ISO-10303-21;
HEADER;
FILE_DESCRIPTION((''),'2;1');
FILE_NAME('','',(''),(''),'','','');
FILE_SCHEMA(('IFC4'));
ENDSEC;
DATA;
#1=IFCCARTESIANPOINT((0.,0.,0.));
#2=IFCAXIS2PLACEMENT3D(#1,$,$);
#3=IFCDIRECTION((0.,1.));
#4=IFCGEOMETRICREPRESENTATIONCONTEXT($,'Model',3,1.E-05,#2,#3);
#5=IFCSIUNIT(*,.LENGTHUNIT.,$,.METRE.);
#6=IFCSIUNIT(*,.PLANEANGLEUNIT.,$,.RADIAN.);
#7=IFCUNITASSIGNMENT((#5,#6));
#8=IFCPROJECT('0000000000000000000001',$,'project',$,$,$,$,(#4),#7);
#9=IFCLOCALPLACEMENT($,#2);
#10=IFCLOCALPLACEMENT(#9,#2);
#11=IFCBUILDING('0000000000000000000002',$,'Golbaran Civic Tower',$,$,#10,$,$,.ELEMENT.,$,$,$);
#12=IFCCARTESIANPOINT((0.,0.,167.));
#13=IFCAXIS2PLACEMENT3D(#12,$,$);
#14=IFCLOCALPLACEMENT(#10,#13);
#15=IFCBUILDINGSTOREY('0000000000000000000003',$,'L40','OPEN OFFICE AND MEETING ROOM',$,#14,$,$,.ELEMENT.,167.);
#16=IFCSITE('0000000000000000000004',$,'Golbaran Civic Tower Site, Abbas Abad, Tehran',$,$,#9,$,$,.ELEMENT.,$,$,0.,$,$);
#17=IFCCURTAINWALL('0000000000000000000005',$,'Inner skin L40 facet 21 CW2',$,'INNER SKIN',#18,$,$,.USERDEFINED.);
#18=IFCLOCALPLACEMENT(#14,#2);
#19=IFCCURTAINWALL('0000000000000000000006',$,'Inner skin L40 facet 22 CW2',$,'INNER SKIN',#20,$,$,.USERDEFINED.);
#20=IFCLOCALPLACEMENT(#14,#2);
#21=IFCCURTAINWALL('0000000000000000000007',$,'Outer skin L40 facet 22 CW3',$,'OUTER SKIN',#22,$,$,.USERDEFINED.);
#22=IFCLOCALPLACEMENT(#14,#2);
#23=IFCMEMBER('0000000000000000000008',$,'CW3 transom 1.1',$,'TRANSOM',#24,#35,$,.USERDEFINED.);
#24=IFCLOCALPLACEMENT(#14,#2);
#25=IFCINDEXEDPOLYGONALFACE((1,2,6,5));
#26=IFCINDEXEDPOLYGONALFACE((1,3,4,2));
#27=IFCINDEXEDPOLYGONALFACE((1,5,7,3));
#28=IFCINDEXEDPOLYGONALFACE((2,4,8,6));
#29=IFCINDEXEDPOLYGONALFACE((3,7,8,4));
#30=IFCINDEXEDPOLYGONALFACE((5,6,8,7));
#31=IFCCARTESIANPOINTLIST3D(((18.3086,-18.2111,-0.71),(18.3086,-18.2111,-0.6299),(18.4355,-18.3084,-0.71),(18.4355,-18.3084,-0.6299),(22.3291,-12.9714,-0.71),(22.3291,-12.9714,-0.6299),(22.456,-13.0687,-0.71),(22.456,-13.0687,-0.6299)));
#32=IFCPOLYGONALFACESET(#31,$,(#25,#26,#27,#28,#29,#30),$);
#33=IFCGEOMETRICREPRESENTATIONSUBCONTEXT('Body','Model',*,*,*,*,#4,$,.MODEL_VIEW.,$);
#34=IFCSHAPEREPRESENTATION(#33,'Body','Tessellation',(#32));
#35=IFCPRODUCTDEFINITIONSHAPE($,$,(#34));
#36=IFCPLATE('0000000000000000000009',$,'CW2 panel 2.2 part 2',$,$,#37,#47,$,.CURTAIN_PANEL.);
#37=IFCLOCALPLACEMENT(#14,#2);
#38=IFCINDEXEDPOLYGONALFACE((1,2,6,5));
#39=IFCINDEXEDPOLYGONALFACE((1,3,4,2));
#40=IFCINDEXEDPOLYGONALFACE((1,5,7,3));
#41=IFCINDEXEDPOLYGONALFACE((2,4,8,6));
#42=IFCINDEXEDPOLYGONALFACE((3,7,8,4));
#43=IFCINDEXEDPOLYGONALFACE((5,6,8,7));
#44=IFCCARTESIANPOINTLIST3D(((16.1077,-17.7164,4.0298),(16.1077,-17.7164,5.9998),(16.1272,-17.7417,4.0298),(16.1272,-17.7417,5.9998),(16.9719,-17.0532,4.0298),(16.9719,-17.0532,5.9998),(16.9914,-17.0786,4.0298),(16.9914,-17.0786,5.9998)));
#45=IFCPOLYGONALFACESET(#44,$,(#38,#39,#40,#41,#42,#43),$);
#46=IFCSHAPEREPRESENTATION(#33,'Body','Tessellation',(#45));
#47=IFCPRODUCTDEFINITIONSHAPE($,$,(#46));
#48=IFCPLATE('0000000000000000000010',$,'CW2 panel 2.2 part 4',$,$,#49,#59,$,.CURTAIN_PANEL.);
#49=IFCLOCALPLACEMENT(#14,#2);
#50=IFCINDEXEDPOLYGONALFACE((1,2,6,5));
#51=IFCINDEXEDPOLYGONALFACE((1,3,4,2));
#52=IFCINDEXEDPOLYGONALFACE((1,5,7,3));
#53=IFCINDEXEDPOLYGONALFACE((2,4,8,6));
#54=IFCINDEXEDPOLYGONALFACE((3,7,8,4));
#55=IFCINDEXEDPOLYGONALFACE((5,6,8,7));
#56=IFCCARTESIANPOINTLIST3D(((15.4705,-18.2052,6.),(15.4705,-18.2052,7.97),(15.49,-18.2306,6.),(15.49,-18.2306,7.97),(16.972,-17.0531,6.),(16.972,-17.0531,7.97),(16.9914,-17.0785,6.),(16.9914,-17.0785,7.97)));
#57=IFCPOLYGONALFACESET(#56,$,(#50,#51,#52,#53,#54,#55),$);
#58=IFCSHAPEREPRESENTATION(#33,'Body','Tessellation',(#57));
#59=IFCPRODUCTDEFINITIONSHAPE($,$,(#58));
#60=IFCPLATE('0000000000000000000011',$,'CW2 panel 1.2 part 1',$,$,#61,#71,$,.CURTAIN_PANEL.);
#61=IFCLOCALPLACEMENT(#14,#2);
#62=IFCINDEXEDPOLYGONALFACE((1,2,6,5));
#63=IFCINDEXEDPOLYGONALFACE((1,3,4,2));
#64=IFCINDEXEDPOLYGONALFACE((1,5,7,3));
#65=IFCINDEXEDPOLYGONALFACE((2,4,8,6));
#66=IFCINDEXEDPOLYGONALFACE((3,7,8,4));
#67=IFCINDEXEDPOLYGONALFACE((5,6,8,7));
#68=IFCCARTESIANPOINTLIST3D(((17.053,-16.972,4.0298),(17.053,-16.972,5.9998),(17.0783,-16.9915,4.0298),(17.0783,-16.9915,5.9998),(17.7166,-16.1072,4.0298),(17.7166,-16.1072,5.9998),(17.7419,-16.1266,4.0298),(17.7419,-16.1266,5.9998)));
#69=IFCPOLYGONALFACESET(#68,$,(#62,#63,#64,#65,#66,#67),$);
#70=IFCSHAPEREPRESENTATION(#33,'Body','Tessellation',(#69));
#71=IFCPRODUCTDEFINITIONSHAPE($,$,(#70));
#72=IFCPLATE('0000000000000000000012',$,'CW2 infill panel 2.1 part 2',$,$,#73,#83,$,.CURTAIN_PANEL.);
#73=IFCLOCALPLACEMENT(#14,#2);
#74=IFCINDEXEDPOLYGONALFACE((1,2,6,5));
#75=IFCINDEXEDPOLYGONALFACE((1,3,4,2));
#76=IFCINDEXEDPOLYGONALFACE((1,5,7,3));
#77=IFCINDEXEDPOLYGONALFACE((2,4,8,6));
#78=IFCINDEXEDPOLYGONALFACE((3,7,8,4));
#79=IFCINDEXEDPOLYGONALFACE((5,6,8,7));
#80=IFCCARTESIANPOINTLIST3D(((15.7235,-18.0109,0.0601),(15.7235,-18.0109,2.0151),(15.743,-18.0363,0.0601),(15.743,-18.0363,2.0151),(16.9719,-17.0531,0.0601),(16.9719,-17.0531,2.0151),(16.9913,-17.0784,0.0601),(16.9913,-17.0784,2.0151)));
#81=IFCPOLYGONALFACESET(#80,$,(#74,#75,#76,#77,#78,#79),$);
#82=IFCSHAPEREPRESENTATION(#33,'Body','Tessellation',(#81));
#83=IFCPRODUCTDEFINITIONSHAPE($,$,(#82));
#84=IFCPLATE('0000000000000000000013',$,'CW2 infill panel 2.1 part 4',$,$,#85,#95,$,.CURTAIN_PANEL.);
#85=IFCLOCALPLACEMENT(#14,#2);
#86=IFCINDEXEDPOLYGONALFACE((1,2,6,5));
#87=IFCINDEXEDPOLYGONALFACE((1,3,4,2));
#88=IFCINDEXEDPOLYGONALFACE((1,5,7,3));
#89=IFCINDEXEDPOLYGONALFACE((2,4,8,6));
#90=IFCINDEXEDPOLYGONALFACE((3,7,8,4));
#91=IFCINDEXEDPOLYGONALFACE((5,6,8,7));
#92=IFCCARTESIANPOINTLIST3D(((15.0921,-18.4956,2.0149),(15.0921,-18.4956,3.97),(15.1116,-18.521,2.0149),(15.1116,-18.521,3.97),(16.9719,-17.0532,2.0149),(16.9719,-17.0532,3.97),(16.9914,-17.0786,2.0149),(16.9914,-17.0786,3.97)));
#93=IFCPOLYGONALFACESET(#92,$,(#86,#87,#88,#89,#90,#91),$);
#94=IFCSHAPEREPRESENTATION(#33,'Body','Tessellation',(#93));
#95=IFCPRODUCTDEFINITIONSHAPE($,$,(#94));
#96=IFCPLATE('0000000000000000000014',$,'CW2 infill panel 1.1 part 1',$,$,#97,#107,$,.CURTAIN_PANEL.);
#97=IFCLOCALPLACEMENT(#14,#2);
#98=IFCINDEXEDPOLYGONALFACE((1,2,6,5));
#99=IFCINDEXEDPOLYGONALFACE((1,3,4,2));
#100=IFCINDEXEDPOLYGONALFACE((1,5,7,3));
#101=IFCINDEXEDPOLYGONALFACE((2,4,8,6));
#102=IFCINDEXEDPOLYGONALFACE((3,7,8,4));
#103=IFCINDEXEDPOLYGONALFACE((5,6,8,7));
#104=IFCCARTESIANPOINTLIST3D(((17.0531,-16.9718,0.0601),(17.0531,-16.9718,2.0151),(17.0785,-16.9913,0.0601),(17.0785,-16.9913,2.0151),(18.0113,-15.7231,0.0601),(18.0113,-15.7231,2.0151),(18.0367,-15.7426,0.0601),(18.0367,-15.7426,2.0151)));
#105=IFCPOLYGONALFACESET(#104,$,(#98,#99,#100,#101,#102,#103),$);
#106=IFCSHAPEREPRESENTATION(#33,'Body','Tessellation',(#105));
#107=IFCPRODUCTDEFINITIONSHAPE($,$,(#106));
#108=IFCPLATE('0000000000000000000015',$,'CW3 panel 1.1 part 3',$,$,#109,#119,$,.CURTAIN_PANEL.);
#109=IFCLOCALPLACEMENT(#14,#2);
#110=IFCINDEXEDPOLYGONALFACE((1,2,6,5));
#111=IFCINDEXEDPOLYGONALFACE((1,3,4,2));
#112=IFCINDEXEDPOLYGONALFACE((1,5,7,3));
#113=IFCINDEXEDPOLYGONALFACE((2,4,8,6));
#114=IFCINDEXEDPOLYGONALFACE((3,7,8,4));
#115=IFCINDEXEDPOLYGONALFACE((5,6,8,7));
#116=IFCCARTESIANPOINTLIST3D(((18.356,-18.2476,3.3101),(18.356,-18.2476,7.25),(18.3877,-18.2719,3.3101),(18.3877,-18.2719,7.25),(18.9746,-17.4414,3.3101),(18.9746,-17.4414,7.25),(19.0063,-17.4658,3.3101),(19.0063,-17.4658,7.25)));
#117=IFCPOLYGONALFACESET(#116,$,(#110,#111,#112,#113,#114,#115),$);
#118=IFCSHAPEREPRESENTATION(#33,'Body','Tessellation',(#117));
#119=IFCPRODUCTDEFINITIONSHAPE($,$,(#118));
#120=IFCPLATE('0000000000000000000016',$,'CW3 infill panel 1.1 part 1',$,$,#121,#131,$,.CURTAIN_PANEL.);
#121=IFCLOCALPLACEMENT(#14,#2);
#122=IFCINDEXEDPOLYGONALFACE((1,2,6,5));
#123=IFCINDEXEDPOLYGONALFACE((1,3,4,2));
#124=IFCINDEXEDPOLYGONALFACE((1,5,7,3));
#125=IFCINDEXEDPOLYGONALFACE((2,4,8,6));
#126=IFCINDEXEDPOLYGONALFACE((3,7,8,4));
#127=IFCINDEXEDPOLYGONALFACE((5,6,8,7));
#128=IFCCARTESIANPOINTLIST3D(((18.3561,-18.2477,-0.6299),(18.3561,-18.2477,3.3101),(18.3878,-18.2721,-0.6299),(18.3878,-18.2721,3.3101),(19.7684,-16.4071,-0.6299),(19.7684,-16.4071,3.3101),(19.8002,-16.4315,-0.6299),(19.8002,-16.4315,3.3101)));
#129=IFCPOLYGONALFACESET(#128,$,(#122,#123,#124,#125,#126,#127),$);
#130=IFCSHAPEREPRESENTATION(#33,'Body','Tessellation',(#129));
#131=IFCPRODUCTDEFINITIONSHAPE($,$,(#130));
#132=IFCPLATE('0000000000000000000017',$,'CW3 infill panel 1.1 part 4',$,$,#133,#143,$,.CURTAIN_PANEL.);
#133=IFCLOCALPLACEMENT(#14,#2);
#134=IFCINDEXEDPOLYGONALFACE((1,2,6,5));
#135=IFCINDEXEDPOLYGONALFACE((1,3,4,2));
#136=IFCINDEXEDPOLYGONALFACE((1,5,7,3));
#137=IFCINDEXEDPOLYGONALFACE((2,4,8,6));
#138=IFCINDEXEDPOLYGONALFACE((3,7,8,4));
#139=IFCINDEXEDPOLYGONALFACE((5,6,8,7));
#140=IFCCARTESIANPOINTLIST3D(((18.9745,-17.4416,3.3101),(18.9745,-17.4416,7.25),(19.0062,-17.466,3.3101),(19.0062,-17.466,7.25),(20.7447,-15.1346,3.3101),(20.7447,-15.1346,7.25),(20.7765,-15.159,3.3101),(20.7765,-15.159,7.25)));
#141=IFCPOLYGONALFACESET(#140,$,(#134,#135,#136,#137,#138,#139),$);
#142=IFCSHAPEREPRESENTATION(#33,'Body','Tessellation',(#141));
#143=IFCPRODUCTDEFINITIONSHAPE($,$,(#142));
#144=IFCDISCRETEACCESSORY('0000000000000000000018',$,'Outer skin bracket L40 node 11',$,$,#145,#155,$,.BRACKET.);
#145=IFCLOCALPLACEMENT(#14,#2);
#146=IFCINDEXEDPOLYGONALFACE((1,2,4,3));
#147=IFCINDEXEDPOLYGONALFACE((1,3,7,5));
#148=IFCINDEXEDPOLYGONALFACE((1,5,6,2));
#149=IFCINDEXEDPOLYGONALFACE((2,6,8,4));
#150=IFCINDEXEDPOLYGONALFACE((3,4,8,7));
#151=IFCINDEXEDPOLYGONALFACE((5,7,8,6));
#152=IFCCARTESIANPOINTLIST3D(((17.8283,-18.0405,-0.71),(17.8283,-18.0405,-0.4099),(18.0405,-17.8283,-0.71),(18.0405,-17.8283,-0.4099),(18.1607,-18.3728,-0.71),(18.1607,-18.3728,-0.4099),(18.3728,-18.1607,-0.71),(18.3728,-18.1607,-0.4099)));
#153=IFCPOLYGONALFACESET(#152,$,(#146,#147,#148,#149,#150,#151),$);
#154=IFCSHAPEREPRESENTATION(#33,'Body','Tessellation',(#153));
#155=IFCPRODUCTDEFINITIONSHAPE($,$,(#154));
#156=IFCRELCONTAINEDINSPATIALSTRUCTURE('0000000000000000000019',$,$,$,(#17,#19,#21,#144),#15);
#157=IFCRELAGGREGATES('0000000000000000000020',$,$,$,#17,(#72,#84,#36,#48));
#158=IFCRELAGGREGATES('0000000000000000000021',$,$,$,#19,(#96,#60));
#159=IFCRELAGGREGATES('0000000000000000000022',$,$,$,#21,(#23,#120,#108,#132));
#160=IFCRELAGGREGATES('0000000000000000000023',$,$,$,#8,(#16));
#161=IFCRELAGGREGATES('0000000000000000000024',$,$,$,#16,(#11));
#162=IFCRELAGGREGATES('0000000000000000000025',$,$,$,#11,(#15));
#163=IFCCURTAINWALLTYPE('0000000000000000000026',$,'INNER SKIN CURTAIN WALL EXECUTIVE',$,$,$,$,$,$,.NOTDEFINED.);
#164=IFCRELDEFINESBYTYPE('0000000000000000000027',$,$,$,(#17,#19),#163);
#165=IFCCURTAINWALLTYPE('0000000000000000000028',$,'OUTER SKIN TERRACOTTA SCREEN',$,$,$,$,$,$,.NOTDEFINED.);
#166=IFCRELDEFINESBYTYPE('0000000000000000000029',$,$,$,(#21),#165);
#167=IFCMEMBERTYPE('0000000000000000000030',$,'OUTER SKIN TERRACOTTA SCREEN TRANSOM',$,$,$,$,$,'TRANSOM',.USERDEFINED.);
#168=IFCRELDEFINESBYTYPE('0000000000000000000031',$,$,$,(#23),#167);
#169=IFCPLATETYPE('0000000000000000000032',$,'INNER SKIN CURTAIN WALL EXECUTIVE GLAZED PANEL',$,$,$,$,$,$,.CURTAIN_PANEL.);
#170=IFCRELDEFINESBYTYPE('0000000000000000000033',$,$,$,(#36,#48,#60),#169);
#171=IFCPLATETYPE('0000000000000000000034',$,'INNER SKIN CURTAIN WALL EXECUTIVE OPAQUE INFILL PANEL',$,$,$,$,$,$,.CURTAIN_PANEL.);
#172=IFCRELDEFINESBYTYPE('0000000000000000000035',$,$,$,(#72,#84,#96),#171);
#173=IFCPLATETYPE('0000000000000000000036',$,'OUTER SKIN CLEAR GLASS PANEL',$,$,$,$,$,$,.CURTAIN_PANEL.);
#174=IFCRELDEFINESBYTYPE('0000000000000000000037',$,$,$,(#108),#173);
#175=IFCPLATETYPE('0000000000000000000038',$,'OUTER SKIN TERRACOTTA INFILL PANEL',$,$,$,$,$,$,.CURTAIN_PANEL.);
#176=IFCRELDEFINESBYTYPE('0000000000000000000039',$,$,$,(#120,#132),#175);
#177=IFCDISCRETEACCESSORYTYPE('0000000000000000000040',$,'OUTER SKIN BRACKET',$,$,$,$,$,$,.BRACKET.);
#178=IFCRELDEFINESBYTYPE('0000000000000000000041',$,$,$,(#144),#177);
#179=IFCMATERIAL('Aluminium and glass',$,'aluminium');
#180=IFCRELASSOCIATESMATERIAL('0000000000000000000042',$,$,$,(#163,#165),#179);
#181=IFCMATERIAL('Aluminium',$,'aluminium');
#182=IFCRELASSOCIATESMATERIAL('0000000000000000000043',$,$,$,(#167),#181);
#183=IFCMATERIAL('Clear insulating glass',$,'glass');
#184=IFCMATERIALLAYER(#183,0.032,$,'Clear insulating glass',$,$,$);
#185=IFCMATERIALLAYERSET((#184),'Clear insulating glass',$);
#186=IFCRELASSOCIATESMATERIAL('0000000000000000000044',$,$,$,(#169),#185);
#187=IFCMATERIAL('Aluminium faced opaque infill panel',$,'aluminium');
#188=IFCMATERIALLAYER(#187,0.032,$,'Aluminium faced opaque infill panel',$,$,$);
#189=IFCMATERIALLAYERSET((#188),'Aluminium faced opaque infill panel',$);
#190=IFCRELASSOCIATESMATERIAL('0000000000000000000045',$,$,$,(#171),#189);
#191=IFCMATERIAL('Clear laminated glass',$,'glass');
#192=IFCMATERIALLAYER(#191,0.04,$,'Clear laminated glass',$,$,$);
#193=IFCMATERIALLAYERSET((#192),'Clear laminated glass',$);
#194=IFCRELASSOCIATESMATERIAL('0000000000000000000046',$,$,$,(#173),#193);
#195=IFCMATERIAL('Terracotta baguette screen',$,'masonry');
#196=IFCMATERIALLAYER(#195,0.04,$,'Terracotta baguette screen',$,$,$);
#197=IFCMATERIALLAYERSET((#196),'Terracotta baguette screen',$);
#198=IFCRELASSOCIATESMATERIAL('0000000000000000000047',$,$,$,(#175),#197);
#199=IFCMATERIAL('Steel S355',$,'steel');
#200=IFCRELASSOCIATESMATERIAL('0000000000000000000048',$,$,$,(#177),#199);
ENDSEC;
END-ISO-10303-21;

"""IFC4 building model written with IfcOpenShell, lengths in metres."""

from ifc_helpers import new_model, si_unit, direction, frame, origin, origin_2d, place, context, subcontext, project, spatial, rectangle, extrude, material, layer, layer_set, material_profile, profile_set, type_object, element, aggregate, save


model = new_model("IFC4")

# Units and contexts
model_context = context("Model", 3, precision=1e-05, world=origin(), true_north=direction((0.0, 1.0)))
body_context = subcontext(model_context, "Body", "Model", "MODEL_VIEW")
ifc_project = project(units=[si_unit("LENGTHUNIT", "METRE"), si_unit("PLANEANGLEUNIT", "RADIAN")], contexts=[model_context])

# Site, building, storey
site_placement = place(None, origin())
site = spatial("IfcSite", under=ifc_project, at=site_placement, Name="Golbaran Civic Tower Site, Abbas Abad, Tehran", CompositionType="ELEMENT", RefElevation=0.0)
building_placement = place(site_placement, origin())
building = spatial("IfcBuilding", under=site, at=building_placement, Name="Golbaran Civic Tower", CompositionType="ELEMENT")
storey_placement = place(building_placement, frame((0.0, 0.0, 167.0)))
storey = spatial("IfcBuildingStorey", under=building, at=storey_placement, Name="L40", Description="OPEN OFFICE AND MEETING ROOM", CompositionType="ELEMENT", Elevation=167.0)

# Shared definitions
ifc_material_1 = material(Name="Steel S355", Category="steel")

# Curtain wall
ifc_material_2 = material(Name="Aluminium and glass", Category="aluminium")
curtain_wall_type_1 = type_object("IfcCurtainWallType", Name="INNER SKIN CURTAIN WALL EXECUTIVE", PredefinedType="NOTDEFINED", material=ifc_material_2)
curtain_wall_1_placement = place(storey_placement, origin())
curtain_wall_1 = element("IfcCurtainWall", 1, at=curtain_wall_1_placement, inside=storey, type_object=curtain_wall_type_1, Name="Inner skin L40 facet 21 CW2", ObjectType="INNER SKIN", PredefinedType="USERDEFINED")
ifc_material_3 = material(Name="Aluminium", Category="aluminium")

# Curtain wall
curtain_wall_2_placement = place(storey_placement, origin())
curtain_wall_2 = element("IfcCurtainWall", 2, at=curtain_wall_2_placement, inside=storey, type_object=curtain_wall_type_1, Name="Inner skin L40 facet 22 CW2", ObjectType="INNER SKIN", PredefinedType="USERDEFINED")

# Shared definitions
curtain_wall_type_2 = type_object("IfcCurtainWallType", Name="OUTER SKIN TERRACOTTA SCREEN", PredefinedType="NOTDEFINED", material=ifc_material_2)

# Curtain wall, member
curtain_wall_3_placement = place(storey_placement, origin())
curtain_wall_3 = element("IfcCurtainWall", 3, at=curtain_wall_3_placement, inside=storey, type_object=curtain_wall_type_2, Name="Outer skin L40 facet 22 CW3", ObjectType="OUTER SKIN", PredefinedType="USERDEFINED")
ifc_material_profile_1 = material_profile(ifc_material_3, rectangle(XDim=0.1599, YDim=0.0801, at=origin_2d()), Name="OUTER SKIN TERRACOTTA SCREEN TRANSOM")
ifc_profile_set_1 = profile_set([ifc_material_profile_1], Name="Aluminium")
member_type_1 = type_object("IfcMemberType", Name="OUTER SKIN TERRACOTTA SCREEN TRANSOM", ElementType="TRANSOM", PredefinedType="USERDEFINED", material=ifc_profile_set_1)
member_1_placement = place(storey_placement, frame((18.3721, -18.2598, -0.6699), z_axis=(0.608753, 0.79336, 0.0), x_axis=(-0.79336, 0.608753, 0.0)))
member_1 = element("IfcMember", 4, at=member_1_placement, type_object=member_type_1, Name="CW3 transom 1.1", ObjectType="TRANSOM", PredefinedType="USERDEFINED", context=body_context, shape_type="SweptSolid", body=[
    extrude(rectangle(XDim=0.1599, YDim=0.0801, at=origin_2d()), origin(), (0.0, 0.0, 1.0), 6.6045),
])

# Plates
ifc_material_4 = material(Name="Clear insulating glass", Category="glass")
ifc_layer_1 = layer(ifc_material_4, 0.032, Name="Clear insulating glass")
ifc_layer_set_1 = layer_set([ifc_layer_1], Name="Clear insulating glass")
plate_type_1 = type_object("IfcPlateType", Name="INNER SKIN CURTAIN WALL EXECUTIVE GLAZED PANEL", PredefinedType="CURTAIN_PANEL", material=ifc_layer_set_1)
plate_1_placement = place(storey_placement, frame((16.5496, -17.3975, 4.0298), z_axis=(0.0, 0.0, 1.0), x_axis=(0.793353, 0.608761, 0.0)))
plate_1 = element("IfcPlate", 5, at=plate_1_placement, type_object=plate_type_1, Name="CW2 panel 2.2 part 2", PredefinedType="CURTAIN_PANEL", context=body_context, shape_type="SweptSolid", body=[
    extrude(rectangle(XDim=1.0894, YDim=0.032, at=origin_2d()), origin(), (0.0, 0.0, 1.0), 1.97),
])
plate_2_placement = place(storey_placement, frame((16.231, -17.6418, 6.0), z_axis=(0.0, 0.0, 1.0), x_axis=(0.793353, 0.608761, 0.0)))
plate_2 = element("IfcPlate", 6, at=plate_2_placement, type_object=plate_type_1, Name="CW2 panel 2.2 part 4", PredefinedType="CURTAIN_PANEL", context=body_context, shape_type="SweptSolid", body=[
    extrude(rectangle(XDim=1.8926, YDim=0.032, at=origin_2d()), origin(), (0.0, 0.0, 1.0), 1.97),
])
plate_3_placement = place(storey_placement, frame((17.3975, -16.5493, 4.0298), z_axis=(0.0, 0.0, 1.0), x_axis=(0.608761, 0.793353, 0.0)))
plate_3 = element("IfcPlate", 7, at=plate_3_placement, type_object=plate_type_1, Name="CW2 panel 1.2 part 1", PredefinedType="CURTAIN_PANEL", context=body_context, shape_type="SweptSolid", body=[
    extrude(rectangle(XDim=1.0901, YDim=0.032, at=origin_2d()), origin(), (0.0, 0.0, 1.0), 1.97),
])
ifc_material_5 = material(Name="Aluminium faced opaque infill panel", Category="aluminium")
ifc_layer_2 = layer(ifc_material_5, 0.032, Name="Aluminium faced opaque infill panel")
ifc_layer_set_2 = layer_set([ifc_layer_2], Name="Aluminium faced opaque infill panel")
plate_type_2 = type_object("IfcPlateType", Name="INNER SKIN CURTAIN WALL EXECUTIVE OPAQUE INFILL PANEL", PredefinedType="CURTAIN_PANEL", material=ifc_layer_set_2)
plate_4_placement = place(storey_placement, frame((16.3574, -17.5447, 0.0601), z_axis=(0.0, 0.0, 1.0), x_axis=(0.793353, 0.608761, 0.0)))
plate_4 = element("IfcPlate", 8, at=plate_4_placement, type_object=plate_type_2, Name="CW2 infill panel 2.1 part 2", PredefinedType="CURTAIN_PANEL", context=body_context, shape_type="SweptSolid", body=[
    extrude(rectangle(XDim=1.5735, YDim=0.032, at=origin_2d()), origin(), (0.0, 0.0, 1.0), 1.9551),
])
plate_5_placement = place(storey_placement, frame((16.0417, -17.7871, 2.0149), z_axis=(0.0, 0.0, 1.0), x_axis=(0.793353, 0.608761, 0.0)))
plate_5 = element("IfcPlate", 9, at=plate_5_placement, type_object=plate_type_2, Name="CW2 infill panel 2.1 part 4", PredefinedType="CURTAIN_PANEL", context=body_context, shape_type="SweptSolid", body=[
    extrude(rectangle(XDim=2.3694, YDim=0.032, at=origin_2d()), origin(), (0.0, 0.0, 1.0), 1.9551),
])
aggregate(curtain_wall_1, [plate_4, plate_5, plate_1, plate_2])
plate_6_placement = place(storey_placement, frame((17.5449, -16.3572, 0.0601), z_axis=(0.0, 0.0, 1.0), x_axis=(0.608761, 0.793353, 0.0)))
plate_6 = element("IfcPlate", 10, at=plate_6_placement, type_object=plate_type_2, Name="CW2 infill panel 1.1 part 1", PredefinedType="CURTAIN_PANEL", context=body_context, shape_type="SweptSolid", body=[
    extrude(rectangle(XDim=1.574, YDim=0.032, at=origin_2d()), origin(), (0.0, 0.0, 1.0), 1.9551),
])
aggregate(curtain_wall_2, [plate_6, plate_3])
ifc_material_6 = material(Name="Clear laminated glass", Category="glass")
ifc_layer_3 = layer(ifc_material_6, 0.04, Name="Clear laminated glass")
ifc_layer_set_3 = layer_set([ifc_layer_3], Name="Clear laminated glass")
plate_type_3 = type_object("IfcPlateType", Name="OUTER SKIN CLEAR GLASS PANEL", PredefinedType="CURTAIN_PANEL", material=ifc_layer_set_3)
plate_7_placement = place(storey_placement, frame((18.6812, -17.8567, 3.3101), z_axis=(0.0, 0.0, 1.0), x_axis=(0.608761, 0.793353, 0.0)))
plate_7 = element("IfcPlate", 11, at=plate_7_placement, type_object=plate_type_3, Name="CW3 panel 1.1 part 3", PredefinedType="CURTAIN_PANEL", context=body_context, shape_type="SweptSolid", body=[
    extrude(rectangle(XDim=1.0161, YDim=0.04, at=origin_2d()), origin(), (0.0, 0.0, 1.0), 3.9399),
])
ifc_material_7 = material(Name="Terracotta baguette screen", Category="masonry")
ifc_layer_4 = layer(ifc_material_7, 0.04, Name="Terracotta baguette screen")
ifc_layer_set_4 = layer_set([ifc_layer_4], Name="Terracotta baguette screen")
plate_type_4 = type_object("IfcPlateType", Name="OUTER SKIN TERRACOTTA INFILL PANEL", PredefinedType="CURTAIN_PANEL", material=ifc_layer_set_4)
plate_8_placement = place(storey_placement, frame((19.0781, -17.3396, -0.6299), z_axis=(0.0, 0.0, 1.0), x_axis=(0.608761, 0.793353, 0.0)))
plate_8 = element("IfcPlate", 12, at=plate_8_placement, type_object=plate_type_4, Name="CW3 infill panel 1.1 part 1", PredefinedType="CURTAIN_PANEL", context=body_context, shape_type="SweptSolid", body=[
    extrude(rectangle(XDim=2.3201, YDim=0.04, at=origin_2d()), origin(), (0.0, 0.0, 1.0), 3.9399),
])
plate_9_placement = place(storey_placement, frame((19.8755, -16.3003, 3.3101), z_axis=(0.0, 0.0, 1.0), x_axis=(0.608761, 0.793353, 0.0)))
plate_9 = element("IfcPlate", 13, at=plate_9_placement, type_object=plate_type_4, Name="CW3 infill panel 1.1 part 4", PredefinedType="CURTAIN_PANEL", context=body_context, shape_type="SweptSolid", body=[
    extrude(rectangle(XDim=2.908, YDim=0.04, at=origin_2d()), origin(), (0.0, 0.0, 1.0), 3.9399),
])
aggregate(curtain_wall_3, [member_1, plate_8, plate_7, plate_9])

# Discrete accessory
discrete_accessory_type = type_object("IfcDiscreteAccessoryType", Name="OUTER SKIN BRACKET", PredefinedType="BRACKET", material=ifc_material_1)
discrete_accessory_placement = place(storey_placement, frame((18.1006, -18.1006, -0.71), z_axis=(0.0, 0.0, 1.0), x_axis=(0.707107, -0.707107, 0.0)))
element("IfcDiscreteAccessory", 14, at=discrete_accessory_placement, inside=storey, type_object=discrete_accessory_type, Name="Outer skin bracket L40 node 11", PredefinedType="BRACKET", context=body_context, shape_type="SweptSolid", body=[
    extrude(rectangle(XDim=0.47, YDim=0.3, at=origin_2d()), origin(), (0.0, 0.0, 1.0), 0.3),
])

save(model, "model.ifc")
